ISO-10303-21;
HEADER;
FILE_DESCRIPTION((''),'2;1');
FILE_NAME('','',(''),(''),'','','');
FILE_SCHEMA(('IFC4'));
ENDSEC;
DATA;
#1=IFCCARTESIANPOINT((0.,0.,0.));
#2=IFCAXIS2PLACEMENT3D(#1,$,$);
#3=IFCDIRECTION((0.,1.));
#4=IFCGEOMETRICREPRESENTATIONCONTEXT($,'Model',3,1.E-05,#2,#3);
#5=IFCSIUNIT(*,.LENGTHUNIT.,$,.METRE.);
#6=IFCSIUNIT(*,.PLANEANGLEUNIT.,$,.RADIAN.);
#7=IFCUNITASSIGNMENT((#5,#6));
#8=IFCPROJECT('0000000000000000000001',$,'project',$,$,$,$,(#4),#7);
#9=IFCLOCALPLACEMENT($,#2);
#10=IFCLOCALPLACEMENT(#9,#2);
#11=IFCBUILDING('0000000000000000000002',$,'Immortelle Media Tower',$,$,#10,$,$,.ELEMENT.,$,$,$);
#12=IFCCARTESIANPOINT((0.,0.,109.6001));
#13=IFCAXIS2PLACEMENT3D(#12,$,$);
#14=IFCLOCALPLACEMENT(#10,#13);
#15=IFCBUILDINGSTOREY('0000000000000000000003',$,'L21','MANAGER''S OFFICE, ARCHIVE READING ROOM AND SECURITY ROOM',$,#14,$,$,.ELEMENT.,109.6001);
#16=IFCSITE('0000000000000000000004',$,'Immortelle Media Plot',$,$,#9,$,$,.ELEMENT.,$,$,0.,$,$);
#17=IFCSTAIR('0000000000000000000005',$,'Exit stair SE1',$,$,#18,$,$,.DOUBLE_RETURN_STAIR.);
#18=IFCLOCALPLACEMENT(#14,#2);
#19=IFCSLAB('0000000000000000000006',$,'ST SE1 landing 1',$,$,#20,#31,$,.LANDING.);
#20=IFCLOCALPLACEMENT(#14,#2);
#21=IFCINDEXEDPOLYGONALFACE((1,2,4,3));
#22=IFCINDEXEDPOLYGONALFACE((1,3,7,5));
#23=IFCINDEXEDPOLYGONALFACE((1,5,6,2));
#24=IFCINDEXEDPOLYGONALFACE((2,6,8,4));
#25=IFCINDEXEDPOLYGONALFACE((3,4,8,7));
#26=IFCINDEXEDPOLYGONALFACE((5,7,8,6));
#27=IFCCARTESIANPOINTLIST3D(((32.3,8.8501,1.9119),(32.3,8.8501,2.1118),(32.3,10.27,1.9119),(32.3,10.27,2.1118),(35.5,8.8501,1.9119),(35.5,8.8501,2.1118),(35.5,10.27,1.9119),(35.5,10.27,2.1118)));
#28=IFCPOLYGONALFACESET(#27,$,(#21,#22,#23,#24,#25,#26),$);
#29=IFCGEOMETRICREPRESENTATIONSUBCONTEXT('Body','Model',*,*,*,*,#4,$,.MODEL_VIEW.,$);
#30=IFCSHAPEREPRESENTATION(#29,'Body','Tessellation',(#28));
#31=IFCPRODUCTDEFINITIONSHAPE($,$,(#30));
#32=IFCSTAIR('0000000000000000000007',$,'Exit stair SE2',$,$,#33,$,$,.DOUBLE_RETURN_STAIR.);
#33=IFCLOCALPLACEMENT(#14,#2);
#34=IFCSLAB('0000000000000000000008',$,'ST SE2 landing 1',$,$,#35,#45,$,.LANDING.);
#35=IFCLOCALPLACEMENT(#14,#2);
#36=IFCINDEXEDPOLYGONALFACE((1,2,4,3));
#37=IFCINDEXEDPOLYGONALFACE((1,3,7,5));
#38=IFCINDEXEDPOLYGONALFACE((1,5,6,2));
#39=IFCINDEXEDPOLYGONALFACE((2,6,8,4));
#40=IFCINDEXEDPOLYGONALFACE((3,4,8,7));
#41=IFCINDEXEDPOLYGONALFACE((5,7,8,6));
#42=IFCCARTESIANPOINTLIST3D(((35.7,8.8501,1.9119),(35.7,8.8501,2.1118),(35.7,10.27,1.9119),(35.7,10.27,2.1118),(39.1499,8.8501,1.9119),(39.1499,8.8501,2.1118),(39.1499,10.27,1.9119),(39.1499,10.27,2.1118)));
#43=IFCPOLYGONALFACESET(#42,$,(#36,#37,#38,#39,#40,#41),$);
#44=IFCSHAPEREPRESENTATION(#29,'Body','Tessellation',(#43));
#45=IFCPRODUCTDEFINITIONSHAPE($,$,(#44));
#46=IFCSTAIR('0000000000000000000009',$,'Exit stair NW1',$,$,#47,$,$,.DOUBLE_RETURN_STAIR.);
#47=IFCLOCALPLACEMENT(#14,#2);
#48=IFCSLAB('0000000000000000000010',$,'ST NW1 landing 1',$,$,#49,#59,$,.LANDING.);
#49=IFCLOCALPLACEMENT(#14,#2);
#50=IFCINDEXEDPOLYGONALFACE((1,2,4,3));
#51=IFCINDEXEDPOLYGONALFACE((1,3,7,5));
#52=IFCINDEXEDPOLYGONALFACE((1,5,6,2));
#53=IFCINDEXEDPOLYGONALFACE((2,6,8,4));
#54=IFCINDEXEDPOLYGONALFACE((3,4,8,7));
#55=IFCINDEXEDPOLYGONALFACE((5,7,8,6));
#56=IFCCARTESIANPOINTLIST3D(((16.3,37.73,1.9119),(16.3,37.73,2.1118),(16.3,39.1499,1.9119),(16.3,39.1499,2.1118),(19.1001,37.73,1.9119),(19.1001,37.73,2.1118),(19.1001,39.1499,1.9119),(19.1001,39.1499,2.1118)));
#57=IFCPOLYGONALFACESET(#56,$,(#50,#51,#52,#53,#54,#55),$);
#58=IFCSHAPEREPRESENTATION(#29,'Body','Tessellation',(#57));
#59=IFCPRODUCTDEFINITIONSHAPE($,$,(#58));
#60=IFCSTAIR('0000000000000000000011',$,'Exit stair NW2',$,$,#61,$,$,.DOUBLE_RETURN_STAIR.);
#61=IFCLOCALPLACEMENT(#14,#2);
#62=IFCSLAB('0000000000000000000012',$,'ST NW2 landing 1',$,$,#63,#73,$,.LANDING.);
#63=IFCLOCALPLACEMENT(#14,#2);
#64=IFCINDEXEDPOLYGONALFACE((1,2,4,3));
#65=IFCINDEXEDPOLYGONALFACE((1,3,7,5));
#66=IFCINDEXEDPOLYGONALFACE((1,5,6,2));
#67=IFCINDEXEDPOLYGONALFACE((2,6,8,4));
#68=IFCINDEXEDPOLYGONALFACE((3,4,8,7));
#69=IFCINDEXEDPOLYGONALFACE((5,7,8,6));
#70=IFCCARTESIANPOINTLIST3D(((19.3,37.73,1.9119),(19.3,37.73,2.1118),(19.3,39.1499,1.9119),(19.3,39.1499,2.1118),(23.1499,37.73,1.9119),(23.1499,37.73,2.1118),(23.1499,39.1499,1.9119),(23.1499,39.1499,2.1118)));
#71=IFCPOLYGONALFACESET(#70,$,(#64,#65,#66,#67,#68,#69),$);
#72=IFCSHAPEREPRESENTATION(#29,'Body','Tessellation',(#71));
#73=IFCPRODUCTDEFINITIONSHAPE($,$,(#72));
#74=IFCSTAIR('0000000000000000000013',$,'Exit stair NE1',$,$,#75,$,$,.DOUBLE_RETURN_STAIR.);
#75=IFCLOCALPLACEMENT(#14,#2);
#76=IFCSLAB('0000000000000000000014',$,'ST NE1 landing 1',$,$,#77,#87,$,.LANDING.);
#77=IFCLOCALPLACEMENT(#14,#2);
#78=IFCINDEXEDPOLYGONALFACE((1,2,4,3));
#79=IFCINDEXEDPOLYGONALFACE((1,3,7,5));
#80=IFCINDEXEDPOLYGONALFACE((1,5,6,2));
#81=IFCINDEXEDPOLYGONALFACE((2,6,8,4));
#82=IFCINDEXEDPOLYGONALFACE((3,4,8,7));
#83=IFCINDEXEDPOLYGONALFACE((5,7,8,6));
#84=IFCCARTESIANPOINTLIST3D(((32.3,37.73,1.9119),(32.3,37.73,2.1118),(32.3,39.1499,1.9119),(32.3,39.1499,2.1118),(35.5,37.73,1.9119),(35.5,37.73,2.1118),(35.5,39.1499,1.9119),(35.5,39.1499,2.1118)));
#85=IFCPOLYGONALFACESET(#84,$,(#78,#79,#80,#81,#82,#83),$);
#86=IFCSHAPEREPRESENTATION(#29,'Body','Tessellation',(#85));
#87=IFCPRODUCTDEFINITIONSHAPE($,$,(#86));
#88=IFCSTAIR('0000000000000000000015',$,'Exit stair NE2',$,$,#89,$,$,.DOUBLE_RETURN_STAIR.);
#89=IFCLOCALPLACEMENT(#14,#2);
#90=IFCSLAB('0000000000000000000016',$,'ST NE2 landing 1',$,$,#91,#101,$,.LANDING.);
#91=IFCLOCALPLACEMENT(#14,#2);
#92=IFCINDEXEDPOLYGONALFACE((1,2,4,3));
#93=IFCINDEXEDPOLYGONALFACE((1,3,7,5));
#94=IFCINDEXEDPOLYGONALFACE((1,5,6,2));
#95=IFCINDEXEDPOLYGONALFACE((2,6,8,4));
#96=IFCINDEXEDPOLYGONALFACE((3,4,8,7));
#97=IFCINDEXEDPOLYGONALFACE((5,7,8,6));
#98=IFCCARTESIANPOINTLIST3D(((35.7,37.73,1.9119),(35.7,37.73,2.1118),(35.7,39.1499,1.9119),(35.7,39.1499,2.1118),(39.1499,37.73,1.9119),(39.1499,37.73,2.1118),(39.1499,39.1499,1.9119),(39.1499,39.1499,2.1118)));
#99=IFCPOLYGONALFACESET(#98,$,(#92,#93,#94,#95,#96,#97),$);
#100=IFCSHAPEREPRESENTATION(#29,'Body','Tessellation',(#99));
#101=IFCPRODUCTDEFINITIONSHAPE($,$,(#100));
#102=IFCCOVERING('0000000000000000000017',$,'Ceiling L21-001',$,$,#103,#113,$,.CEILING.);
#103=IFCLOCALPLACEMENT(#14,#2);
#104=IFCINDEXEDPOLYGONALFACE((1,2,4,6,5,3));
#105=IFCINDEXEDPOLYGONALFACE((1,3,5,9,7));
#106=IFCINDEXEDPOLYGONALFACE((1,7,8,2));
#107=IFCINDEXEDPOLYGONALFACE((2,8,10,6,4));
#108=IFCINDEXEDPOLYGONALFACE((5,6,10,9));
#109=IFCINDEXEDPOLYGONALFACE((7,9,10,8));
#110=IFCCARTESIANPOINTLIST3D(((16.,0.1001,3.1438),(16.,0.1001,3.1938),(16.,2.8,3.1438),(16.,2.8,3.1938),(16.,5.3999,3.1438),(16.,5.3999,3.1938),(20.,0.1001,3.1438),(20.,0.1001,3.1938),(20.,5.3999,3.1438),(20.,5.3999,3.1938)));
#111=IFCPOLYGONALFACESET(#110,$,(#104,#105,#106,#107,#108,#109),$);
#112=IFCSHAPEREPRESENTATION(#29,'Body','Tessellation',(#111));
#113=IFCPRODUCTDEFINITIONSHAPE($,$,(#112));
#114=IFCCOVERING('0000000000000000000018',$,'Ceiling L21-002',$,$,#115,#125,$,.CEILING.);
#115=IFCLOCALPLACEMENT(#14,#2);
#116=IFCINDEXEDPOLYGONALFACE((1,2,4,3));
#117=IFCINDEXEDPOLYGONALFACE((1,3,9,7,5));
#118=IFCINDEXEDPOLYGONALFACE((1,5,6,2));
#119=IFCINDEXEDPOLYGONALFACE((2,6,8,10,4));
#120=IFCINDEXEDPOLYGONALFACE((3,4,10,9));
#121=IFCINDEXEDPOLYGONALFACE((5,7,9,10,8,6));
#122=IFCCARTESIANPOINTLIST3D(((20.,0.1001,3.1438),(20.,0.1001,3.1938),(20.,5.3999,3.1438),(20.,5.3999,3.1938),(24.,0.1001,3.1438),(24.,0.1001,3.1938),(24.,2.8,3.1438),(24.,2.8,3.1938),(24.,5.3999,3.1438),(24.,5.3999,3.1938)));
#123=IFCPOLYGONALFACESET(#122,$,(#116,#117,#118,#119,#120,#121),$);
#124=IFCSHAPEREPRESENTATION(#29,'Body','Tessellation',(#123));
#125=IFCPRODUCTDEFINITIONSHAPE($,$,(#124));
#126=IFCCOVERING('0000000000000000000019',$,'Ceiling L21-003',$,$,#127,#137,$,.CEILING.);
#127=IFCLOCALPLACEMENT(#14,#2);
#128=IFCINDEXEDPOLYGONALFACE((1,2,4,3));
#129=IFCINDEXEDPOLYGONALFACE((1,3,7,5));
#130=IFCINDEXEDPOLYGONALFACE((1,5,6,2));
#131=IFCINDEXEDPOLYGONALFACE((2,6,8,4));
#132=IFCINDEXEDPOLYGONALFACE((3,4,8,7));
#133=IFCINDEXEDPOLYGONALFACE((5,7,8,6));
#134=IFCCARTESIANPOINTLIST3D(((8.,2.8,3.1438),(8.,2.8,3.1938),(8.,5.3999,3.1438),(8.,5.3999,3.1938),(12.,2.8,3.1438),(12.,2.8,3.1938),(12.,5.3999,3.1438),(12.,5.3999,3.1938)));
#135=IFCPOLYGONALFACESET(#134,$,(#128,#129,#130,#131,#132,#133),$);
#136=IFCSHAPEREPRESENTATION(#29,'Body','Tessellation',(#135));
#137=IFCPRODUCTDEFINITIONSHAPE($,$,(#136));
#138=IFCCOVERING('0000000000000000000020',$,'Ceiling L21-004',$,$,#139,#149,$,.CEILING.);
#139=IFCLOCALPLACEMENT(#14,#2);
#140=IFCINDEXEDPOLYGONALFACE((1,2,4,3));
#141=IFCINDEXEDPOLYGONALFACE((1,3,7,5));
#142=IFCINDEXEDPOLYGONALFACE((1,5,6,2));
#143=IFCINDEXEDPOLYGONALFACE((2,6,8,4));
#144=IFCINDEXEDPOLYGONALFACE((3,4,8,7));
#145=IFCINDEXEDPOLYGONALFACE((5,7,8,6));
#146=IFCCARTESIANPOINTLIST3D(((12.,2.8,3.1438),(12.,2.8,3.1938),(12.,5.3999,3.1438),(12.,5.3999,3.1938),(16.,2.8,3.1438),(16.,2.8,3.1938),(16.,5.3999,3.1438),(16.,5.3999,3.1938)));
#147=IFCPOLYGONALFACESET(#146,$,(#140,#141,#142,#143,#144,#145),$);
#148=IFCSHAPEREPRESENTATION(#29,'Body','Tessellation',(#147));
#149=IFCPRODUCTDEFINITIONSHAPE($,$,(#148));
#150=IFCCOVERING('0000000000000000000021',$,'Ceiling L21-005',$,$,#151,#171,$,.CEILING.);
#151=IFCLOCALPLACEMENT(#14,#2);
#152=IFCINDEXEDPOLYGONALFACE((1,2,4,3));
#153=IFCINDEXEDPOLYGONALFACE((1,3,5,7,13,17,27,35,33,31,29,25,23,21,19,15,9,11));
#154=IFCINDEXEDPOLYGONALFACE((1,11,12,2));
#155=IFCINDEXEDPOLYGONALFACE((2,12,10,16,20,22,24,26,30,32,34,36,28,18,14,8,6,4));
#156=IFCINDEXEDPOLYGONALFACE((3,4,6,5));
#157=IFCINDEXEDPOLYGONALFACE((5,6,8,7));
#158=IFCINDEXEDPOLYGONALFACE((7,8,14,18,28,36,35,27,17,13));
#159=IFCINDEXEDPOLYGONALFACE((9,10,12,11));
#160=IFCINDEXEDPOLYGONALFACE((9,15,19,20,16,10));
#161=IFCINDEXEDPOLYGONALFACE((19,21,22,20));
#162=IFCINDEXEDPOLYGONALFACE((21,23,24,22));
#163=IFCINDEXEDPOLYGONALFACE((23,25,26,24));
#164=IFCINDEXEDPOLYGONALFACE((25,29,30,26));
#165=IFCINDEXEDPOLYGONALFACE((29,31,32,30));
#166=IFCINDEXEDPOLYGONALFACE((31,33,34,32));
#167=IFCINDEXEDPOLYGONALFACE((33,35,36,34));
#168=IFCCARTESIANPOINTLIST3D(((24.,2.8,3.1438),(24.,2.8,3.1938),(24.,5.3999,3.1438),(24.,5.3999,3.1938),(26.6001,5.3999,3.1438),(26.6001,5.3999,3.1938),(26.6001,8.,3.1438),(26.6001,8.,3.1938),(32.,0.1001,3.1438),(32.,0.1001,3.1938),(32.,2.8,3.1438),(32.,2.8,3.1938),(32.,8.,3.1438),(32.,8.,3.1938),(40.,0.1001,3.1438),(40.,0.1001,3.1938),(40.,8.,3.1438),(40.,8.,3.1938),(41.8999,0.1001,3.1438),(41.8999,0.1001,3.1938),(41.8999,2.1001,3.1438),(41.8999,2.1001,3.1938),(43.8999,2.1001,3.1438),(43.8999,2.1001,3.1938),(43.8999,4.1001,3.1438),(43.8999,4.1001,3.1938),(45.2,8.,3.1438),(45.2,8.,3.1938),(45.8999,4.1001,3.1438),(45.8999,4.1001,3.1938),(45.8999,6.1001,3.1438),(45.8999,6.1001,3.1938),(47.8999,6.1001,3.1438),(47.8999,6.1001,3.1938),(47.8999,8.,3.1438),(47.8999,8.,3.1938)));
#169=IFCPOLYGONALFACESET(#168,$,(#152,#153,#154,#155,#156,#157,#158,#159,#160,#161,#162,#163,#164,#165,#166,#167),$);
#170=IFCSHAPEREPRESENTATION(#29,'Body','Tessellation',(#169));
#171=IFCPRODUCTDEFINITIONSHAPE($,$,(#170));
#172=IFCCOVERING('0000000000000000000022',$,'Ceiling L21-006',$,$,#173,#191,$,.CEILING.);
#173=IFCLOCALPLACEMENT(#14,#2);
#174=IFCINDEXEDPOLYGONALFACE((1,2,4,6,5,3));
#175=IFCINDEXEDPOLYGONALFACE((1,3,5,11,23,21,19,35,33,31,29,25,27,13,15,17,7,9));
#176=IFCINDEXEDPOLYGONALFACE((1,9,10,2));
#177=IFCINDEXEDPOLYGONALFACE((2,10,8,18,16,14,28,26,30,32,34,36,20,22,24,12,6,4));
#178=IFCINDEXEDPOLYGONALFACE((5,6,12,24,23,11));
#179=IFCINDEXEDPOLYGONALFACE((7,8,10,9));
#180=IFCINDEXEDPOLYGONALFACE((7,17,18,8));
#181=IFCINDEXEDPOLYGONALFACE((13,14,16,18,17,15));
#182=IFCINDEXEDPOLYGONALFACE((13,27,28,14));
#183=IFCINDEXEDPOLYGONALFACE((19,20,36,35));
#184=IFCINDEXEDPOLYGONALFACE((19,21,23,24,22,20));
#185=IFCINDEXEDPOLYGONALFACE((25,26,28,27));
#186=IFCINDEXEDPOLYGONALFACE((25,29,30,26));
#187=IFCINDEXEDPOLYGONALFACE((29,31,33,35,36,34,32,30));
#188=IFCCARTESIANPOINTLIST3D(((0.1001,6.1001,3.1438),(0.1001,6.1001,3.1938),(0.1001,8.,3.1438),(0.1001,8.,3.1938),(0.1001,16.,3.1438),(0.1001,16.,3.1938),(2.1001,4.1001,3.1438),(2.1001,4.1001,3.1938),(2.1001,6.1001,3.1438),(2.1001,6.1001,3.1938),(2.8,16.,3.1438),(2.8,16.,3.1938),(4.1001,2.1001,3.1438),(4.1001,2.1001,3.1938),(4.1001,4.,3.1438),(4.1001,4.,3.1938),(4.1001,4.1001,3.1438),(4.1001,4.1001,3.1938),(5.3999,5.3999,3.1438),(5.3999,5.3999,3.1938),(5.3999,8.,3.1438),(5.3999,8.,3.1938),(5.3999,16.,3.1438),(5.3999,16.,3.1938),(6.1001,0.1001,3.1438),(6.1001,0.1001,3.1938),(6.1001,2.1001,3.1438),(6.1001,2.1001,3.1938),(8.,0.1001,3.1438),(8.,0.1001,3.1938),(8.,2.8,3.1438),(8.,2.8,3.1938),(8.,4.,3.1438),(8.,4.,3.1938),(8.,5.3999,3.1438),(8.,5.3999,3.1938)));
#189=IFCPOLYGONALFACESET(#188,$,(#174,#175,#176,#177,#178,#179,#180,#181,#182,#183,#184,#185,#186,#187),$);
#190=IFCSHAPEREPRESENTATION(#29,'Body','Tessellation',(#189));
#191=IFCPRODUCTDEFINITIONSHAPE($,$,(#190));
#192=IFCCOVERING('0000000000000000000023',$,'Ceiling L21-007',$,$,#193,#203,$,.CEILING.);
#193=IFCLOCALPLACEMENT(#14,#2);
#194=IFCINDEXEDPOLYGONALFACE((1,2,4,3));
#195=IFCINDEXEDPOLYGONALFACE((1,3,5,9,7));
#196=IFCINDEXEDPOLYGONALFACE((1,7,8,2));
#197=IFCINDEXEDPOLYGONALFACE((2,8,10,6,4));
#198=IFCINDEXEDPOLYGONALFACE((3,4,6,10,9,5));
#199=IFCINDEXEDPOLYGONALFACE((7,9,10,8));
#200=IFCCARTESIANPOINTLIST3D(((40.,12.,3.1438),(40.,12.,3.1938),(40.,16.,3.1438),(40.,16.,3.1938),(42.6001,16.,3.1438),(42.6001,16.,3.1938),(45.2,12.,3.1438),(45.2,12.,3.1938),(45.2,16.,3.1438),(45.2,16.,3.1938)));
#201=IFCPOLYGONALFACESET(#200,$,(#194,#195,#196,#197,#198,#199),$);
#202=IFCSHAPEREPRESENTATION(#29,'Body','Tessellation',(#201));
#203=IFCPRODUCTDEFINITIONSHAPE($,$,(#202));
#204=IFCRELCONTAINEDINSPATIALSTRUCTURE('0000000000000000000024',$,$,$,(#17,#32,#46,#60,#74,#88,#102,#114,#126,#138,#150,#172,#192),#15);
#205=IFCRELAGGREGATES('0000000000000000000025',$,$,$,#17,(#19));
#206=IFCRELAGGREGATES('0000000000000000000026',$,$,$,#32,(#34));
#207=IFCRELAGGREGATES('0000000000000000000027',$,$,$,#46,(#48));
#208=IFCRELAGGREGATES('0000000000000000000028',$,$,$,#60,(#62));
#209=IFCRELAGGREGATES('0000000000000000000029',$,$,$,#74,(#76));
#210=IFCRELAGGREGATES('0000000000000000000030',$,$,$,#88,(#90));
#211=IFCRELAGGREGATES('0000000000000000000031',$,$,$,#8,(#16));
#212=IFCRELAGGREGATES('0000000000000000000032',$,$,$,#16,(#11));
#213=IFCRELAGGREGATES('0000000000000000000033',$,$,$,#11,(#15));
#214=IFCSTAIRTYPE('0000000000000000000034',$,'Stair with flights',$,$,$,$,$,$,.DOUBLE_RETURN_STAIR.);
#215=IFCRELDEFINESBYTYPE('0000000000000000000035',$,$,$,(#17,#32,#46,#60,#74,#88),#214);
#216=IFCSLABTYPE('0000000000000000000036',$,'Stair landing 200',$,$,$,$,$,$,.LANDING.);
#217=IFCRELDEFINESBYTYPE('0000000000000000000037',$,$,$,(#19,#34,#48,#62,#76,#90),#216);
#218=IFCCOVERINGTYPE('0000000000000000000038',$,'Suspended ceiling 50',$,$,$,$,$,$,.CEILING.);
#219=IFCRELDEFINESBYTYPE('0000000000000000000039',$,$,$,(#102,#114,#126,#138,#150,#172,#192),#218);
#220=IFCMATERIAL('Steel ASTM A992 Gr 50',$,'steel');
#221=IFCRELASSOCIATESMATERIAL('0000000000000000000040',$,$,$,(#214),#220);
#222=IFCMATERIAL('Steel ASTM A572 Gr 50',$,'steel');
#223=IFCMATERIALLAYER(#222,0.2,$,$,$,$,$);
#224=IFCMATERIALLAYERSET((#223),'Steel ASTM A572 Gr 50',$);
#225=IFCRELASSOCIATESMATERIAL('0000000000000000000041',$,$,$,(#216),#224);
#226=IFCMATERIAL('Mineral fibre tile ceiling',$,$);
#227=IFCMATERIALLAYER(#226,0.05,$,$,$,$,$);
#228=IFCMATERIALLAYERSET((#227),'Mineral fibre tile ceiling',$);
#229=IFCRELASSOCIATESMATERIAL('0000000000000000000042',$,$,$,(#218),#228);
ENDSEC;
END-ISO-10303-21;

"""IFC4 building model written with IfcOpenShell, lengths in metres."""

from ifc_helpers import new_model, si_unit, direction, frame, origin, place, context, subcontext, project, spatial, polyline, outline, extrude, material, layer, layer_set, type_object, element, aggregate, save


model = new_model("IFC4")

# Units and contexts
model_context = context("Model", 3, precision=1e-05, world=origin(), true_north=direction((0.0, 1.0)))
body_context = subcontext(model_context, "Body", "Model", "MODEL_VIEW")
ifc_project = project(units=[si_unit("LENGTHUNIT", "METRE"), si_unit("PLANEANGLEUNIT", "RADIAN")], contexts=[model_context])

# Site, building, storey
site_placement = place(None, origin())
site = spatial("IfcSite", under=ifc_project, at=site_placement, Name="Immortelle Media Plot", CompositionType="ELEMENT", RefElevation=0.0)
building_placement = place(site_placement, origin())
building = spatial("IfcBuilding", under=site, at=building_placement, Name="Immortelle Media Tower", CompositionType="ELEMENT")
storey_placement = place(building_placement, frame((0.0, 0.0, 109.6001)))
storey = spatial("IfcBuildingStorey", under=building, at=storey_placement, Name="L21", Description="MANAGER'S OFFICE, ARCHIVE READING ROOM AND SECURITY ROOM", CompositionType="ELEMENT", Elevation=109.6001)

# Stairs, slabs
ifc_material_1 = material(Name="Steel ASTM A992 Gr 50", Category="steel")
stair_type = type_object("IfcStairType", Name="Stair with flights", PredefinedType="DOUBLE_RETURN_STAIR", material=ifc_material_1)
ifc_material_2 = material(Name="Steel ASTM A572 Gr 50", Category="steel")
ifc_layer_1 = layer(ifc_material_2, 0.2)
ifc_layer_set_1 = layer_set([ifc_layer_1], Name="Steel ASTM A572 Gr 50")
slab_type_1 = type_object("IfcSlabType", Name="Stair landing 200", PredefinedType="LANDING", material=ifc_layer_set_1)
stair_1_placement = place(storey_placement, origin())
stair_1 = element("IfcStair", 1, at=stair_1_placement, inside=storey, type_object=stair_type, Name="Exit stair SE1", PredefinedType="DOUBLE_RETURN_STAIR")
slab_1_placement = place(storey_placement, frame((0.0, 0.0, 1.9119)))
slab_1 = element("IfcSlab", 2, at=slab_1_placement, type_object=slab_type_1, Name="ST SE1 landing 1", PredefinedType="LANDING", context=body_context, shape_type="SweptSolid", body=[
    extrude(outline(polyline([(32.3, 8.8501), (35.5, 8.8501), (35.5, 10.27), (32.3, 10.27), (32.3, 8.8501)])), origin(), (0.0, 0.0, 1.0), 0.2),
])
aggregate(stair_1, [slab_1])
stair_2_placement = place(storey_placement, origin())
stair_2 = element("IfcStair", 3, at=stair_2_placement, inside=storey, type_object=stair_type, Name="Exit stair SE2", PredefinedType="DOUBLE_RETURN_STAIR")
slab_2_placement = place(storey_placement, frame((0.0, 0.0, 1.9119)))
slab_2 = element("IfcSlab", 4, at=slab_2_placement, type_object=slab_type_1, Name="ST SE2 landing 1", PredefinedType="LANDING", context=body_context, shape_type="SweptSolid", body=[
    extrude(outline(polyline([(35.7, 8.8501), (39.1499, 8.8501), (39.1499, 10.27), (35.7, 10.27), (35.7, 8.8501)])), origin(), (0.0, 0.0, 1.0), 0.2),
])
aggregate(stair_2, [slab_2])
stair_3_placement = place(storey_placement, origin())
stair_3 = element("IfcStair", 5, at=stair_3_placement, inside=storey, type_object=stair_type, Name="Exit stair NW1", PredefinedType="DOUBLE_RETURN_STAIR")
slab_3_placement = place(storey_placement, frame((0.0, 0.0, 1.9119)))
slab_3 = element("IfcSlab", 6, at=slab_3_placement, type_object=slab_type_1, Name="ST NW1 landing 1", PredefinedType="LANDING", context=body_context, shape_type="SweptSolid", body=[
    extrude(outline(polyline([(16.3, 37.73), (19.1001, 37.73), (19.1001, 39.1499), (16.3, 39.1499), (16.3, 37.73)])), origin(), (0.0, 0.0, 1.0), 0.2),
])
aggregate(stair_3, [slab_3])
stair_4_placement = place(storey_placement, origin())
stair_4 = element("IfcStair", 7, at=stair_4_placement, inside=storey, type_object=stair_type, Name="Exit stair NW2", PredefinedType="DOUBLE_RETURN_STAIR")
slab_4_placement = place(storey_placement, frame((0.0, 0.0, 1.9119)))
slab_4 = element("IfcSlab", 8, at=slab_4_placement, type_object=slab_type_1, Name="ST NW2 landing 1", PredefinedType="LANDING", context=body_context, shape_type="SweptSolid", body=[
    extrude(outline(polyline([(19.3, 37.73), (23.1499, 37.73), (23.1499, 39.1499), (19.3, 39.1499), (19.3, 37.73)])), origin(), (0.0, 0.0, 1.0), 0.2),
])
aggregate(stair_4, [slab_4])
stair_5_placement = place(storey_placement, origin())
stair_5 = element("IfcStair", 9, at=stair_5_placement, inside=storey, type_object=stair_type, Name="Exit stair NE1", PredefinedType="DOUBLE_RETURN_STAIR")
slab_5_placement = place(storey_placement, frame((0.0, 0.0, 1.9119)))
slab_5 = element("IfcSlab", 10, at=slab_5_placement, type_object=slab_type_1, Name="ST NE1 landing 1", PredefinedType="LANDING", context=body_context, shape_type="SweptSolid", body=[
    extrude(outline(polyline([(32.3, 37.73), (35.5, 37.73), (35.5, 39.1499), (32.3, 39.1499), (32.3, 37.73)])), origin(), (0.0, 0.0, 1.0), 0.2),
])
aggregate(stair_5, [slab_5])
stair_6_placement = place(storey_placement, origin())
stair_6 = element("IfcStair", 11, at=stair_6_placement, inside=storey, type_object=stair_type, Name="Exit stair NE2", PredefinedType="DOUBLE_RETURN_STAIR")
slab_6_placement = place(storey_placement, frame((0.0, 0.0, 1.9119)))
slab_6 = element("IfcSlab", 12, at=slab_6_placement, type_object=slab_type_1, Name="ST NE2 landing 1", PredefinedType="LANDING", context=body_context, shape_type="SweptSolid", body=[
    extrude(outline(polyline([(35.7, 37.73), (39.1499, 37.73), (39.1499, 39.1499), (35.7, 39.1499), (35.7, 37.73)])), origin(), (0.0, 0.0, 1.0), 0.2),
])
aggregate(stair_6, [slab_6])

# Coverings
ifc_material_3 = material(Name="Mineral fibre tile ceiling")
ifc_layer_2 = layer(ifc_material_3, 0.05)
ifc_layer_set_2 = layer_set([ifc_layer_2], Name="Mineral fibre tile ceiling")
covering_type = type_object("IfcCoveringType", Name="Suspended ceiling 50", PredefinedType="CEILING", material=ifc_layer_set_2)
covering_1_placement = place(storey_placement, frame((0.0, 0.0, 3.1438)))
element("IfcCovering", 13, at=covering_1_placement, inside=storey, type_object=covering_type, Name="Ceiling L21-001", PredefinedType="CEILING", context=body_context, shape_type="SweptSolid", body=[
    extrude(outline(polyline([(16.0, 2.8), (16.0, 5.3999), (20.0, 5.3999), (20.0, 0.1001), (16.0, 0.1001), (16.0, 2.8)])), origin(), (0.0, 0.0, 1.0), 0.05),
])
covering_2_placement = place(storey_placement, frame((0.0, 0.0, 3.1438)))
element("IfcCovering", 14, at=covering_2_placement, inside=storey, type_object=covering_type, Name="Ceiling L21-002", PredefinedType="CEILING", context=body_context, shape_type="SweptSolid", body=[
    extrude(outline(polyline([(24.0, 5.3999), (24.0, 2.8), (24.0, 0.1001), (20.0, 0.1001), (20.0, 5.3999), (24.0, 5.3999)])), origin(), (0.0, 0.0, 1.0), 0.05),
])
covering_3_placement = place(storey_placement, frame((0.0, 0.0, 3.1438)))
element("IfcCovering", 15, at=covering_3_placement, inside=storey, type_object=covering_type, Name="Ceiling L21-003", PredefinedType="CEILING", context=body_context, shape_type="SweptSolid", body=[
    extrude(outline(polyline([(8.0, 5.3999), (12.0, 5.3999), (12.0, 2.8), (8.0, 2.8), (8.0, 5.3999)])), origin(), (0.0, 0.0, 1.0), 0.05),
])
covering_4_placement = place(storey_placement, frame((0.0, 0.0, 3.1438)))
element("IfcCovering", 16, at=covering_4_placement, inside=storey, type_object=covering_type, Name="Ceiling L21-004", PredefinedType="CEILING", context=body_context, shape_type="SweptSolid", body=[
    extrude(outline(polyline([(16.0, 5.3999), (16.0, 2.8), (12.0, 2.8), (12.0, 5.3999), (16.0, 5.3999)])), origin(), (0.0, 0.0, 1.0), 0.05),
])
covering_5_placement = place(storey_placement, frame((0.0, 0.0, 3.1438)))
element("IfcCovering", 17, at=covering_5_placement, inside=storey, type_object=covering_type, Name="Ceiling L21-005", PredefinedType="CEILING", context=body_context, shape_type="SweptSolid", body=[
    extrude(outline(polyline([(24.0, 2.8), (24.0, 5.3999), (26.6001, 5.3999), (26.6001, 8.0), (32.0, 8.0), (40.0, 8.0), (45.2, 8.0), (47.8999, 8.0), (47.8999, 6.1001), (45.8999, 6.1001), (45.8999, 4.1001), (43.8999, 4.1001), (43.8999, 2.1001), (41.8999, 2.1001), (41.8999, 0.1001), (40.0, 0.1001), (32.0, 0.1001), (32.0, 2.8), (24.0, 2.8)])), origin(), (0.0, 0.0, 1.0), 0.05),
])
covering_6_placement = place(storey_placement, frame((0.0, 0.0, 3.1438)))
element("IfcCovering", 18, at=covering_6_placement, inside=storey, type_object=covering_type, Name="Ceiling L21-006", PredefinedType="CEILING", context=body_context, shape_type="SweptSolid", body=[
    extrude(outline(polyline([(4.1001, 4.0), (4.1001, 4.1001), (2.1001, 4.1001), (2.1001, 6.1001), (0.1001, 6.1001), (0.1001, 8.0), (0.1001, 16.0), (2.8, 16.0), (5.3999, 16.0), (5.3999, 8.0), (5.3999, 5.3999), (8.0, 5.3999), (8.0, 4.0), (8.0, 2.8), (8.0, 0.1001), (6.1001, 0.1001), (6.1001, 2.1001), (4.1001, 2.1001), (4.1001, 4.0)])), origin(), (0.0, 0.0, 1.0), 0.05),
])
covering_7_placement = place(storey_placement, frame((0.0, 0.0, 3.1438)))
element("IfcCovering", 19, at=covering_7_placement, inside=storey, type_object=covering_type, Name="Ceiling L21-007", PredefinedType="CEILING", context=body_context, shape_type="SweptSolid", body=[
    extrude(outline(polyline([(40.0, 16.0), (42.6001, 16.0), (45.2, 16.0), (45.2, 12.0), (40.0, 12.0), (40.0, 16.0)])), origin(), (0.0, 0.0, 1.0), 0.05),
])

save(model, "model.ifc")
